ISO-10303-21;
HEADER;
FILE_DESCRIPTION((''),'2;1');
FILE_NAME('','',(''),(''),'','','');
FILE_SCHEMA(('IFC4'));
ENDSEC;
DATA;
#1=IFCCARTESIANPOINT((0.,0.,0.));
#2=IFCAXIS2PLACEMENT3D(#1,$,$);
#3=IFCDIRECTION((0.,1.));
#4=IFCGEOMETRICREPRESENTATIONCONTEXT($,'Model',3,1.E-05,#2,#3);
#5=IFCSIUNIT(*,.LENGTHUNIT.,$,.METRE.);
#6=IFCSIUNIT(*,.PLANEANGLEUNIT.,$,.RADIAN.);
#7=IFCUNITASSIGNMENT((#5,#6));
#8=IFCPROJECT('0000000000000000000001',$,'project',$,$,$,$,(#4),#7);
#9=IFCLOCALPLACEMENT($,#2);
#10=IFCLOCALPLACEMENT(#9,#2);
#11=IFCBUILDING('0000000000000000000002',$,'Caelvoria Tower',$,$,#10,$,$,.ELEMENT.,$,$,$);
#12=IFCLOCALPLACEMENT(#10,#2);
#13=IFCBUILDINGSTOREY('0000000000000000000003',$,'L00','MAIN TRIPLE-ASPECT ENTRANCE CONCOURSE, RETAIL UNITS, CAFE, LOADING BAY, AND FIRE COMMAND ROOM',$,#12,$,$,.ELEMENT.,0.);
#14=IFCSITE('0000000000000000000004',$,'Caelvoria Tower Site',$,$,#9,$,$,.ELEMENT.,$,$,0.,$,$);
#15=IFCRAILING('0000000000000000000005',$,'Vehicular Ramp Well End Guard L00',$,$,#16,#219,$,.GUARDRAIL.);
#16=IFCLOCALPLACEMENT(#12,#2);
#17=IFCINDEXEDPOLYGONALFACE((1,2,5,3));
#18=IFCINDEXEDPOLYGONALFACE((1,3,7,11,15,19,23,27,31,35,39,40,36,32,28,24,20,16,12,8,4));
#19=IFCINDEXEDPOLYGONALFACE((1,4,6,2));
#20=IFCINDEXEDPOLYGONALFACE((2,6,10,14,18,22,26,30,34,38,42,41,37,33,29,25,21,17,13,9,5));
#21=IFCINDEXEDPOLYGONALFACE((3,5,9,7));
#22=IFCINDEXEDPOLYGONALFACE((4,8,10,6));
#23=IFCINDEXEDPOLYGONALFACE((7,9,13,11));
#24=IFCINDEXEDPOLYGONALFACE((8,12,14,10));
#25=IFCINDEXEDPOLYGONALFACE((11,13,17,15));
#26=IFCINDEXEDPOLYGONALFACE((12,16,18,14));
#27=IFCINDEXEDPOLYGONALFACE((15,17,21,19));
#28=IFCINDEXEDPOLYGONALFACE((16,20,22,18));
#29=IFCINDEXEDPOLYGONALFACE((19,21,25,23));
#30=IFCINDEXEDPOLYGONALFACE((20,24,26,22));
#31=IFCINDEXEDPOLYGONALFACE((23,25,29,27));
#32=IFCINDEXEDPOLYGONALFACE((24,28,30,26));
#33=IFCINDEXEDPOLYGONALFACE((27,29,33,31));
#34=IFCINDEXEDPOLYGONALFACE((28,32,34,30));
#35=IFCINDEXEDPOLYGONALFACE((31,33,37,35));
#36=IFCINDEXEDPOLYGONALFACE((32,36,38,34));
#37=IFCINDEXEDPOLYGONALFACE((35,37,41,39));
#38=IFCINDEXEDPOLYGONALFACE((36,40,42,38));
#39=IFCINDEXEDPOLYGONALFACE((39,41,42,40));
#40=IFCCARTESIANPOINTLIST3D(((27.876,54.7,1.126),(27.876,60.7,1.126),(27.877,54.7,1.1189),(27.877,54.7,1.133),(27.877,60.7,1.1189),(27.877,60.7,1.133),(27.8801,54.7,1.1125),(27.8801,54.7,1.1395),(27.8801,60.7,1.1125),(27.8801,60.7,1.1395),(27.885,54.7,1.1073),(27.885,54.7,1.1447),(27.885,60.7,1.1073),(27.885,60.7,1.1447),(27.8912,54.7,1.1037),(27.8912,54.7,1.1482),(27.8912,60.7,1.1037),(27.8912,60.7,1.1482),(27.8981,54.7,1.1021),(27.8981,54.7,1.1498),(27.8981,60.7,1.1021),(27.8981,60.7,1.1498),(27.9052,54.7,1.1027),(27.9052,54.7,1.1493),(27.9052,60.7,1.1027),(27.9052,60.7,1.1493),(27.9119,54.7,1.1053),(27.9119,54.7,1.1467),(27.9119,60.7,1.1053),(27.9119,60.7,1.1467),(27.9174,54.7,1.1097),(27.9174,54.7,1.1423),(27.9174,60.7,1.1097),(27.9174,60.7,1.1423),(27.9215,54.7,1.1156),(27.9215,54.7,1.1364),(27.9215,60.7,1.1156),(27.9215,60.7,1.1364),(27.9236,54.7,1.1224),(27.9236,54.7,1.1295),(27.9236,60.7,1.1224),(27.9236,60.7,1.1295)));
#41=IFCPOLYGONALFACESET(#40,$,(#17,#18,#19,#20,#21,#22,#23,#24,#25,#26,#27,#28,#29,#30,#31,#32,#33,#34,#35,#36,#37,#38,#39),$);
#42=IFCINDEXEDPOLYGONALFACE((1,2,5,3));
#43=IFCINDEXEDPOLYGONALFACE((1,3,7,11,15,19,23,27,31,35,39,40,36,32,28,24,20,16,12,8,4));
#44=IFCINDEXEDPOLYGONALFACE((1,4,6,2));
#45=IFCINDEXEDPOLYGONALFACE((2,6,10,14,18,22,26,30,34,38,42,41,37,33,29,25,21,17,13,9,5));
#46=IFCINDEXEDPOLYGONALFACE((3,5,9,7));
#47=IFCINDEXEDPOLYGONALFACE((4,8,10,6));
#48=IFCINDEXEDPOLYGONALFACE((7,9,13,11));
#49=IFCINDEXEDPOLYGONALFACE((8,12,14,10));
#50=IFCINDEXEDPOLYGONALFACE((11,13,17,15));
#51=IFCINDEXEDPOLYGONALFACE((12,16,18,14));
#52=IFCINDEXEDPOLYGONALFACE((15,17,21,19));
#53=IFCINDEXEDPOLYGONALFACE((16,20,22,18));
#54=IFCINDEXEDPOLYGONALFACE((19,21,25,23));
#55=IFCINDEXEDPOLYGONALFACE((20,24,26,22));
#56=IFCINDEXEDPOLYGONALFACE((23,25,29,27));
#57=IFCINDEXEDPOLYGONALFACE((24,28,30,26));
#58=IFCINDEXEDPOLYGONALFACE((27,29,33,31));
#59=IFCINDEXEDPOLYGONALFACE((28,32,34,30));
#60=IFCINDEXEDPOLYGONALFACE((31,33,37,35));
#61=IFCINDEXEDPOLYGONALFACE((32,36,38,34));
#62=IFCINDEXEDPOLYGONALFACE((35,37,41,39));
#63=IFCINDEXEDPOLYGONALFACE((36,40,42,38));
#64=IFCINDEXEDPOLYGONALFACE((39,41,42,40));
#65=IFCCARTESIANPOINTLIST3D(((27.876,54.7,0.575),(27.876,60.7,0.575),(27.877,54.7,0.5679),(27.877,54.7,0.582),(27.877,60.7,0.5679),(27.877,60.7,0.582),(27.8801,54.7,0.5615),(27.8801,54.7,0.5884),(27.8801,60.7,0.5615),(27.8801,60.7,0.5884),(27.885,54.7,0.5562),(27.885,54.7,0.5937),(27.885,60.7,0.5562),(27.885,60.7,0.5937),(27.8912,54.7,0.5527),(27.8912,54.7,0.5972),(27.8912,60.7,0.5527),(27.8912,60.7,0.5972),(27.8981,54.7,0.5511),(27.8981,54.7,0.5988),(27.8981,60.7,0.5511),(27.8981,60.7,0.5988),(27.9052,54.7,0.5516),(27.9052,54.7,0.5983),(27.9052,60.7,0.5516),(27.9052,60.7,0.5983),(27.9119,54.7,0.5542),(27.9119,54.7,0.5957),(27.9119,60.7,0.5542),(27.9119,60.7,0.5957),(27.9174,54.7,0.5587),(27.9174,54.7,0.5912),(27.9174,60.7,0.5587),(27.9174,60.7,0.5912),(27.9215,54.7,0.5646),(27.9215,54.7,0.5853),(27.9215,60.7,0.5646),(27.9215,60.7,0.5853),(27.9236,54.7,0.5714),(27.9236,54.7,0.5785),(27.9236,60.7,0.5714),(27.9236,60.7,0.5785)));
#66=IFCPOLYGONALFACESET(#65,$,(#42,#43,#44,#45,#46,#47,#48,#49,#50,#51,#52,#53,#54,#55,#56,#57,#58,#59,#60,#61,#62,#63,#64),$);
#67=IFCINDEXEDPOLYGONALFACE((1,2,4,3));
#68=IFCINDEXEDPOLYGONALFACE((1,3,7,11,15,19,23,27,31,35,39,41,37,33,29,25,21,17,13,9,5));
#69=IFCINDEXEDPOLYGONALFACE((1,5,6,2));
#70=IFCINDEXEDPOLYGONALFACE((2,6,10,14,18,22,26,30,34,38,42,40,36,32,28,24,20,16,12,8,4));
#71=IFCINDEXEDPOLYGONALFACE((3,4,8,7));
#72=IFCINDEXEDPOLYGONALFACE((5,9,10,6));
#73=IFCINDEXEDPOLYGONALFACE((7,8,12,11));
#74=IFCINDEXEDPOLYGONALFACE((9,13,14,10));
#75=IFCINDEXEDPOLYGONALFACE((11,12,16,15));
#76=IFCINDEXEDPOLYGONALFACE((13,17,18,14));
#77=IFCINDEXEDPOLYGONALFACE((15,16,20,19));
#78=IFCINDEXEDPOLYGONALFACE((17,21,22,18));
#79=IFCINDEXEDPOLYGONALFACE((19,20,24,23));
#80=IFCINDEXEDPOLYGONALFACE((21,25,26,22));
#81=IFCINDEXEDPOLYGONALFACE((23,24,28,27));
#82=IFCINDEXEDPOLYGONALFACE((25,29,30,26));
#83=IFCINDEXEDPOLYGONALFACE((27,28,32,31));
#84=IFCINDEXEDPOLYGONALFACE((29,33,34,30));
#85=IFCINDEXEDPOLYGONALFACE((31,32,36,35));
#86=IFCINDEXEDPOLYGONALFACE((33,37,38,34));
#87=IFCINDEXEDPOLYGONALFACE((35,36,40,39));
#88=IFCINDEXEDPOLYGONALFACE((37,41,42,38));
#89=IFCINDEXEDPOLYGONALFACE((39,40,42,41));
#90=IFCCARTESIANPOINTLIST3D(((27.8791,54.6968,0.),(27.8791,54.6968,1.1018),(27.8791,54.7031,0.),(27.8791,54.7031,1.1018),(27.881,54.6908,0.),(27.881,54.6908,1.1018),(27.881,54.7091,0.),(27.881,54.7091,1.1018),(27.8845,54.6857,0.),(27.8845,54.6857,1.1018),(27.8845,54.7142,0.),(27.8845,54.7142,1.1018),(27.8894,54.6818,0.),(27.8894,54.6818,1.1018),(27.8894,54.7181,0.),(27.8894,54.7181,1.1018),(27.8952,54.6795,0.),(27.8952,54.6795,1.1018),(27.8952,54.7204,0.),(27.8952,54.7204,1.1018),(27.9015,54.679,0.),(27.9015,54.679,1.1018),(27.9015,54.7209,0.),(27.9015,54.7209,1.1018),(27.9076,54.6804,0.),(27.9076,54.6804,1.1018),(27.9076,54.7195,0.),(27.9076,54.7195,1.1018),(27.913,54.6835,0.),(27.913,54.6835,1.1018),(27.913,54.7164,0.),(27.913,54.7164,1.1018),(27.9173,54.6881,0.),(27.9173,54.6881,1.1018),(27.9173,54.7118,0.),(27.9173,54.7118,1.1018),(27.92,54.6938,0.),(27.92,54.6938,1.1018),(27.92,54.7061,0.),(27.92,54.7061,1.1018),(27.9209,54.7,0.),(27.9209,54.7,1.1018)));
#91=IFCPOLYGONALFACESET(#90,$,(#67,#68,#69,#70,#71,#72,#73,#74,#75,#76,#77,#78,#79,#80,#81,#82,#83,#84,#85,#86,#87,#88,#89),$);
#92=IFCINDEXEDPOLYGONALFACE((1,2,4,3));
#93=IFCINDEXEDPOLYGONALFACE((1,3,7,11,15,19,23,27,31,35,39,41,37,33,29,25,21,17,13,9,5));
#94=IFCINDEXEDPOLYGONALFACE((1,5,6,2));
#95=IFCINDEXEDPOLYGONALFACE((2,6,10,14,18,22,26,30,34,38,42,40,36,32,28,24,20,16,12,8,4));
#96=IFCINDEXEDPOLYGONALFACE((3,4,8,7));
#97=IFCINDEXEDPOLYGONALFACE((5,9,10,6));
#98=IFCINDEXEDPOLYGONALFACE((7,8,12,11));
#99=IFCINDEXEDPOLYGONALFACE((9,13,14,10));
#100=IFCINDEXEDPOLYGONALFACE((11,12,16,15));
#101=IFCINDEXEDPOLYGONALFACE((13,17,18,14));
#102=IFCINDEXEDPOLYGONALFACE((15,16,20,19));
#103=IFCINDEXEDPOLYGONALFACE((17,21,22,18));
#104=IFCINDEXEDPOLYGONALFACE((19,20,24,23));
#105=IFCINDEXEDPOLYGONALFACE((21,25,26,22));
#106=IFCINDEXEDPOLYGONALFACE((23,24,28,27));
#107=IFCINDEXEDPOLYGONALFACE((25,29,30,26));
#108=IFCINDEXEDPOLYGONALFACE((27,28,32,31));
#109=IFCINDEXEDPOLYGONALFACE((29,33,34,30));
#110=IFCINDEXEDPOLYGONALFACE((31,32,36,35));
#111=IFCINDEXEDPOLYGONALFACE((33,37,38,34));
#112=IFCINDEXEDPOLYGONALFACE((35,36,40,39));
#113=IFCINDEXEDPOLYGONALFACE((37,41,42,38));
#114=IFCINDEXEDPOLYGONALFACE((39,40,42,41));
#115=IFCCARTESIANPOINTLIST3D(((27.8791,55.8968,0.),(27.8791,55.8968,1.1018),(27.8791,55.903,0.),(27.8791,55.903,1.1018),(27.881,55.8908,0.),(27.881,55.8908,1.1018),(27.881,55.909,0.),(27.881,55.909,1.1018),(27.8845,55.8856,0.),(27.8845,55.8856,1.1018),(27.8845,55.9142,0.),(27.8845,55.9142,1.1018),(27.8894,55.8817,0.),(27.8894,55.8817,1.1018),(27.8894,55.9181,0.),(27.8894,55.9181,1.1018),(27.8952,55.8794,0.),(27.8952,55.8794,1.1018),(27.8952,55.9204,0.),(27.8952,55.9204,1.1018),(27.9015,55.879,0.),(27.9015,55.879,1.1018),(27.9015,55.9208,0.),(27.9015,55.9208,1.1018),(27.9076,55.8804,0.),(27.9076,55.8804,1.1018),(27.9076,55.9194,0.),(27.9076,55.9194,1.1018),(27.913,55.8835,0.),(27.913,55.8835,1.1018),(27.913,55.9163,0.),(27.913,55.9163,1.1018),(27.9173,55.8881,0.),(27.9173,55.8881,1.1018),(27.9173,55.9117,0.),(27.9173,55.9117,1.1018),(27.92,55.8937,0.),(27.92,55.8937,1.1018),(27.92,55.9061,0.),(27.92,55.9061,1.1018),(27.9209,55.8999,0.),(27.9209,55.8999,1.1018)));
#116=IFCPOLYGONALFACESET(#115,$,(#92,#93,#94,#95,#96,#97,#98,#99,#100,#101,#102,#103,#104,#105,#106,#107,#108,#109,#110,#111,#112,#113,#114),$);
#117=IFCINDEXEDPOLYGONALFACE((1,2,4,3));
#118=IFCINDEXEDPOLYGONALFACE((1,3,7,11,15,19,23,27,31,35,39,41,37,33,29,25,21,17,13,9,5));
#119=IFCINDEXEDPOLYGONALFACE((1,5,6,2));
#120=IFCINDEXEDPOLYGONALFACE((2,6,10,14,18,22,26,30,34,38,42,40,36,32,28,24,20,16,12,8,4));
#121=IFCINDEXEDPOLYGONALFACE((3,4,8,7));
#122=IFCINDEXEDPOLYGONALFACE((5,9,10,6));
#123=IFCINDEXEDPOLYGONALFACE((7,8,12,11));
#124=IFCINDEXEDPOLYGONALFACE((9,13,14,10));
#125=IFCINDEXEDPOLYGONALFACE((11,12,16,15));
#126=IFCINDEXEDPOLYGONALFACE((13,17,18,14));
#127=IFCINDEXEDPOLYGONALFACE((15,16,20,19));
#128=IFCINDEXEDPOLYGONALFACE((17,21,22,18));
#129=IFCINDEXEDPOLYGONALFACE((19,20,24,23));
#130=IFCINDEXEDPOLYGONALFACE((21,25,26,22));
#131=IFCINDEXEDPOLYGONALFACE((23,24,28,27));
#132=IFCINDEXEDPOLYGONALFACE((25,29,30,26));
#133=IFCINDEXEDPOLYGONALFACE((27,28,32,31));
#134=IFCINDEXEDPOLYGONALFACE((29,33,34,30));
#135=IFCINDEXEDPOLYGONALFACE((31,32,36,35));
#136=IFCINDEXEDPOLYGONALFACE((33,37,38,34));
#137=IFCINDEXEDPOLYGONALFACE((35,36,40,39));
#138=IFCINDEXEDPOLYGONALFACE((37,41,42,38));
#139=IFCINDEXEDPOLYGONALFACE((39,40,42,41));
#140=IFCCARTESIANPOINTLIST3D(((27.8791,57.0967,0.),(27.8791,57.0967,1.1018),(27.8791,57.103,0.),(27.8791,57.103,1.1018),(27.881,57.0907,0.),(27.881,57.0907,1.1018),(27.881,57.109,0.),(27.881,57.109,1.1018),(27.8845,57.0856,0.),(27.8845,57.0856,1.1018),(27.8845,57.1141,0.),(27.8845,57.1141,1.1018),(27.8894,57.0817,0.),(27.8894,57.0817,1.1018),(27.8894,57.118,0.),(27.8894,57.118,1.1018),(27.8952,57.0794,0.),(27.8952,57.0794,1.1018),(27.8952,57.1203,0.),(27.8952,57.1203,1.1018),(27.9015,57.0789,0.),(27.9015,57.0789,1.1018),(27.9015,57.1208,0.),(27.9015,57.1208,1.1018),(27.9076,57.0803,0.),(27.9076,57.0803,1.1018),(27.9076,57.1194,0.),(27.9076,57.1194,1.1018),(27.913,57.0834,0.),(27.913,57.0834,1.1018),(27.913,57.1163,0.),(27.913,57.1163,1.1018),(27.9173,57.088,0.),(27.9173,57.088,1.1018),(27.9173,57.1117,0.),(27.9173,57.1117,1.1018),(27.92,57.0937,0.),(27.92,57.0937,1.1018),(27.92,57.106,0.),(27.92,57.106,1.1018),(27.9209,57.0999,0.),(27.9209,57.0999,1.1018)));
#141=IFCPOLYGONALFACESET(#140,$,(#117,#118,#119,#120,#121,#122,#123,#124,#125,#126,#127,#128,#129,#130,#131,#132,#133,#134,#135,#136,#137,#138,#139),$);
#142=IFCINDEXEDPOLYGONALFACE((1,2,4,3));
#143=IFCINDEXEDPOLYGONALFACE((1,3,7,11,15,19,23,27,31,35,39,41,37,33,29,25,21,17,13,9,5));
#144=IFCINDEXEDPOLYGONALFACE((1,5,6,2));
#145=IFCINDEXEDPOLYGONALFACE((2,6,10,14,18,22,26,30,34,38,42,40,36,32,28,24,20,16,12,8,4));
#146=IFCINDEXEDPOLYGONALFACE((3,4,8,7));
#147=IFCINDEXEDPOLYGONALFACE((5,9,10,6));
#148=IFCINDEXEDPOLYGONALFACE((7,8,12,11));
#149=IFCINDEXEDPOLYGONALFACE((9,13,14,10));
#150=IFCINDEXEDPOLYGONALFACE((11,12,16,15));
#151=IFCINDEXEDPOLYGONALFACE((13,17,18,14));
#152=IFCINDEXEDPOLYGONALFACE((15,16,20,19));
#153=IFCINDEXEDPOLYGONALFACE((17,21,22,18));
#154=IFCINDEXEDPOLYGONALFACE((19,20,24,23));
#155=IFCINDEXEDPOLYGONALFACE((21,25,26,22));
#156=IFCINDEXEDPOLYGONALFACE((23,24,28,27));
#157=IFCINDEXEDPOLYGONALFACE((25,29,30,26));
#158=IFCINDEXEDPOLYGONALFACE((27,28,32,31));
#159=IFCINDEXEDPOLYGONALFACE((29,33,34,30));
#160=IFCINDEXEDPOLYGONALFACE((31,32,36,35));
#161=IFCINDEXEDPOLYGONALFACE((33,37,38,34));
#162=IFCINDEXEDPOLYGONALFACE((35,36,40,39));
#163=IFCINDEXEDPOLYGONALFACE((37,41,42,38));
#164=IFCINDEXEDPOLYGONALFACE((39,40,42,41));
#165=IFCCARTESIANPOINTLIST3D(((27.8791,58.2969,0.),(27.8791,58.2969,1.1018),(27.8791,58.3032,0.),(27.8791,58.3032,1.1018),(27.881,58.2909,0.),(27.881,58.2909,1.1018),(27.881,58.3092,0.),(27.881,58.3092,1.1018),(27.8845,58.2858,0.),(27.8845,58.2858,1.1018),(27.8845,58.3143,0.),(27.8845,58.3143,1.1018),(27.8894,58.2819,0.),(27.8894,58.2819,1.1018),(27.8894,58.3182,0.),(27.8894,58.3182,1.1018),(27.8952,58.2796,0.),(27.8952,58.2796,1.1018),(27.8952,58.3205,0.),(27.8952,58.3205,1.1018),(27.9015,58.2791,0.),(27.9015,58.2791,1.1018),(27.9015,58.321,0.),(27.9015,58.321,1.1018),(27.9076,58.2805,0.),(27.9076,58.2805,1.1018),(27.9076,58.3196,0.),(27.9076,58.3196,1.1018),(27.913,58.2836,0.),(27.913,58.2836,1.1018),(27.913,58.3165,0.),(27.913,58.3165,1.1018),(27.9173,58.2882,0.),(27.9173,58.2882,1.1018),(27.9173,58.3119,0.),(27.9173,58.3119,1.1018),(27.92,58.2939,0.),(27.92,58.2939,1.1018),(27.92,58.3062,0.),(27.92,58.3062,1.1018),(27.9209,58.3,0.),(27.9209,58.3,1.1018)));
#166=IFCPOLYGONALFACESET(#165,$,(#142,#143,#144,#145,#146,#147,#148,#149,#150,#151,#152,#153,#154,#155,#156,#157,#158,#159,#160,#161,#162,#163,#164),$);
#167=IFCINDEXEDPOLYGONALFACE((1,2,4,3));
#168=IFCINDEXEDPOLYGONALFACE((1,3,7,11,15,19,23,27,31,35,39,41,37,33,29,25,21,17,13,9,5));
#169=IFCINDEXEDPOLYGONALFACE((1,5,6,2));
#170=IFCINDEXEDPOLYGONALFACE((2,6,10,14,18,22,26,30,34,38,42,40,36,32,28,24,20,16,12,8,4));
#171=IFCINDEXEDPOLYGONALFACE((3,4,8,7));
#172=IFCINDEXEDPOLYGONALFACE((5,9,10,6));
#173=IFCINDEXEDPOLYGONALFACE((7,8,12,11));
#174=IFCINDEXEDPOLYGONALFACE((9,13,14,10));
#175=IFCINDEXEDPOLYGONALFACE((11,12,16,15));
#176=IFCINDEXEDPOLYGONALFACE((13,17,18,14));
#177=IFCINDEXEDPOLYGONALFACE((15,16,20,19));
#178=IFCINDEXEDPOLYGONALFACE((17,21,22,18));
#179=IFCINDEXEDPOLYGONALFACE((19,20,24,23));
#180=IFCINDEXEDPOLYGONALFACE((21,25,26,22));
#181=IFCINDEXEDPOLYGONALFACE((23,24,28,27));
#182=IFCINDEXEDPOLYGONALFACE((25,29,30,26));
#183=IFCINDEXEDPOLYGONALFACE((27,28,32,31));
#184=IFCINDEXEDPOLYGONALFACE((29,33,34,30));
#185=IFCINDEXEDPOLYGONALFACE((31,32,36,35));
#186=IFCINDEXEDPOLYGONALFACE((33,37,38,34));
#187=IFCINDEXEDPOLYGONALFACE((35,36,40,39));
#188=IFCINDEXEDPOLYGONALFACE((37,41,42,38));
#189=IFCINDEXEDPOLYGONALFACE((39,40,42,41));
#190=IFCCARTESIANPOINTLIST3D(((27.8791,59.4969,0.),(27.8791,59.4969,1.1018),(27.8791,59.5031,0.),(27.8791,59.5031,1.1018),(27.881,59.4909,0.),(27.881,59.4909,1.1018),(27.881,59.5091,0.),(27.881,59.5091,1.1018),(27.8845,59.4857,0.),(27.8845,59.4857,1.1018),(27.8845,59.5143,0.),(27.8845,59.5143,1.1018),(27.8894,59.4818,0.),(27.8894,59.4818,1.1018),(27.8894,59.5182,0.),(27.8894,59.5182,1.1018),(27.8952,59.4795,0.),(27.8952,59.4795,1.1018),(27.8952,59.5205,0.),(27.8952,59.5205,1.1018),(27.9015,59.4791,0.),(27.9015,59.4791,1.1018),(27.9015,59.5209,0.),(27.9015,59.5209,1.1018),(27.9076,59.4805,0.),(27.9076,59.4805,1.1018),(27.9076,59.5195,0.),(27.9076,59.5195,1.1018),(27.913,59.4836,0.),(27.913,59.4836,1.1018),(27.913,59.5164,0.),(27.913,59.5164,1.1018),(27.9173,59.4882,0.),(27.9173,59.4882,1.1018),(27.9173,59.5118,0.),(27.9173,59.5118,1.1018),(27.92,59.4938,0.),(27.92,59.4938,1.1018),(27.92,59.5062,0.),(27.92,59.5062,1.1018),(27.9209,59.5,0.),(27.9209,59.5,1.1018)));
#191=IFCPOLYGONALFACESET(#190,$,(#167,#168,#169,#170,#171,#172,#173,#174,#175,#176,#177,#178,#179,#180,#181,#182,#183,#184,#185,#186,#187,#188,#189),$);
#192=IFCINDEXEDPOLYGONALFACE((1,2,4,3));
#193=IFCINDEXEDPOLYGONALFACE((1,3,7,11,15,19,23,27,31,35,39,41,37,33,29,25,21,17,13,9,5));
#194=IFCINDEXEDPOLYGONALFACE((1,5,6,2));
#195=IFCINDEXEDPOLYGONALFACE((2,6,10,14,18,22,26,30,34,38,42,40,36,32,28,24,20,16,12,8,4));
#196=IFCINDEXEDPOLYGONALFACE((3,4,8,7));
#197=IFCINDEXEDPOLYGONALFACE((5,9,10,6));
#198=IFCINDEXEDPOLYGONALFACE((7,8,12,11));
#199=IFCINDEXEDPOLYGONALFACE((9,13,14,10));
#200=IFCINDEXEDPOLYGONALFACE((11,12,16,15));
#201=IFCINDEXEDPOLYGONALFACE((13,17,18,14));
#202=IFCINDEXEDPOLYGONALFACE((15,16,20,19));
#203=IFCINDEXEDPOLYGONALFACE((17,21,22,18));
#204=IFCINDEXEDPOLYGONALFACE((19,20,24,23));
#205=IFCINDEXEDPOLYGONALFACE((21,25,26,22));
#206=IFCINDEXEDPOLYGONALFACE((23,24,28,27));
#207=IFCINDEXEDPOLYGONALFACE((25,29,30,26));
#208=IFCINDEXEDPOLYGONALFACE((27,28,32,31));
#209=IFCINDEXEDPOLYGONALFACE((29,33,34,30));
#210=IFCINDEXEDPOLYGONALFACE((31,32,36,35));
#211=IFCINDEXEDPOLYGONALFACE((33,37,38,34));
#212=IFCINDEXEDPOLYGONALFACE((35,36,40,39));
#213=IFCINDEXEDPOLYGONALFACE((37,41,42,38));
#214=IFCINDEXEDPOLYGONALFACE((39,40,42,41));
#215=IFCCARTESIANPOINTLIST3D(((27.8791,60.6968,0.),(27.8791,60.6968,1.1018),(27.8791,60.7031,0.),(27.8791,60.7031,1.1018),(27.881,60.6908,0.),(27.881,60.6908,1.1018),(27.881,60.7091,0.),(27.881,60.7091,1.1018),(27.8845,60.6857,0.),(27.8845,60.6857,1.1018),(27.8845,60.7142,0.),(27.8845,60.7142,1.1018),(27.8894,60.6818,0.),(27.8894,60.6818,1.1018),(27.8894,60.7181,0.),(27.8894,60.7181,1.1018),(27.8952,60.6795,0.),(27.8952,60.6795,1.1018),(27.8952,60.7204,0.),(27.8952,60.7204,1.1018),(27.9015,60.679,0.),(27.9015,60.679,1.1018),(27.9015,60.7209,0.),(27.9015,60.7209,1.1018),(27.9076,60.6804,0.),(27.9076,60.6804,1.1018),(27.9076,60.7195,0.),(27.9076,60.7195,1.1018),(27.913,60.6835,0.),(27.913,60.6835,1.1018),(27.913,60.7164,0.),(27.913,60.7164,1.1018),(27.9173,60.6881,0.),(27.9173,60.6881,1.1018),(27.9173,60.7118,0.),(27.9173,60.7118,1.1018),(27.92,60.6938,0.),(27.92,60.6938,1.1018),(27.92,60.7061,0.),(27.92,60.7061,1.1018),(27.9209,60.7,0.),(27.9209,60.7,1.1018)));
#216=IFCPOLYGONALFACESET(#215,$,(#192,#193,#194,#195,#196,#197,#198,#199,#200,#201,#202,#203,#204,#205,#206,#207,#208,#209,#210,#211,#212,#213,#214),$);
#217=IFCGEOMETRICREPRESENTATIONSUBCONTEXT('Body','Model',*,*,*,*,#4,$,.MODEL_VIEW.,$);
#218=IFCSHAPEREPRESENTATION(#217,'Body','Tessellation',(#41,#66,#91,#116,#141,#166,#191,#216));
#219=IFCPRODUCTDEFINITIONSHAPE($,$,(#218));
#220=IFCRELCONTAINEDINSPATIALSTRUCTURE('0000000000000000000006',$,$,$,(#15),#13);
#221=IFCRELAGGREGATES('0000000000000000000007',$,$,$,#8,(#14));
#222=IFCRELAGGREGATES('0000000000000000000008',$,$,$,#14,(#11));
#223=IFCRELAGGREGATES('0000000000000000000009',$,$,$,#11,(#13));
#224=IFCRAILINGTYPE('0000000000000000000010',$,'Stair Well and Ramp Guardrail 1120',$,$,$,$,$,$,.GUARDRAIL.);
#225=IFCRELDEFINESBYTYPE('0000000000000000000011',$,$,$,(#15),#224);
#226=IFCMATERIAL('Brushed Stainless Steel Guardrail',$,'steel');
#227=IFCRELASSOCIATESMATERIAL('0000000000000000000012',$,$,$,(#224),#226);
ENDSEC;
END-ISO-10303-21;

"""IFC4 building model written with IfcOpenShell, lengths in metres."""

from ifc_helpers import new_model, si_unit, direction, frame, origin, origin_2d, place, context, subcontext, project, spatial, circle, extrude, material, type_object, element, save


model = new_model("IFC4")

# Units and contexts
model_context = context("Model", 3, precision=1e-05, world=origin(), true_north=direction((0.0, 1.0)))
body_context = subcontext(model_context, "Body", "Model", "MODEL_VIEW")
ifc_project = project(units=[si_unit("LENGTHUNIT", "METRE"), si_unit("PLANEANGLEUNIT", "RADIAN")], contexts=[model_context])

# Site, building, storey
site_placement = place(None, origin())
site = spatial("IfcSite", under=ifc_project, at=site_placement, Name="Caelvoria Tower Site", CompositionType="ELEMENT", RefElevation=0.0)
building_placement = place(site_placement, origin())
building = spatial("IfcBuilding", under=site, at=building_placement, Name="Caelvoria Tower", CompositionType="ELEMENT")
storey_placement = place(building_placement, origin())
storey = spatial("IfcBuildingStorey", under=building, at=storey_placement, Name="L00", Description="MAIN TRIPLE-ASPECT ENTRANCE CONCOURSE, RETAIL UNITS, CAFE, LOADING BAY, AND FIRE COMMAND ROOM", CompositionType="ELEMENT", Elevation=0.0)

# Railing
ifc_material_1 = material(Name="Brushed Stainless Steel Guardrail", Category="steel")
railing_type_1 = type_object("IfcRailingType", Name="Stair Well and Ramp Guardrail 1120", PredefinedType="GUARDRAIL", material=ifc_material_1)
railing_1_placement = place(storey_placement, frame((27.8999, 54.7, 0.0)))
element("IfcRailing", 1, at=railing_1_placement, inside=storey, type_object=railing_type_1, Name="Vehicular Ramp Well End Guard L00", PredefinedType="GUARDRAIL", context=body_context, shape_type="SweptSolid", body=[
    extrude(circle(Radius=0.0239, at=origin_2d()), frame((0.0, 0.0, 1.126), z_axis=(0.0, 1.0, 0.0), x_axis=(-1.0, 0.0, 0.0)), (0.0, 0.0, 1.0), 6.0),
    extrude(circle(Radius=0.0239, at=origin_2d()), frame((0.0, 0.0, 0.575), z_axis=(0.0, 1.0, 0.0), x_axis=(-1.0, 0.0, 0.0)), (0.0, 0.0, 1.0), 6.0),
    extrude(circle(Radius=0.021, at=origin_2d()), origin(), (0.0, 0.0, 1.0), 1.1018),
    extrude(circle(Radius=0.021, at=origin_2d()), frame((0.0, 1.2, 0.0)), (0.0, 0.0, 1.0), 1.1018),
    extrude(circle(Radius=0.021, at=origin_2d()), frame((0.0, 2.3999, 0.0)), (0.0, 0.0, 1.0), 1.1018),
    extrude(circle(Radius=0.021, at=origin_2d()), frame((0.0, 3.6001, 0.0)), (0.0, 0.0, 1.0), 1.1018),
    extrude(circle(Radius=0.021, at=origin_2d()), frame((0.0, 4.8, 0.0)), (0.0, 0.0, 1.0), 1.1018),
    extrude(circle(Radius=0.021, at=origin_2d()), frame((0.0, 6.0, 0.0)), (0.0, 0.0, 1.0), 1.1018),
])

save(model, "model.ifc")
